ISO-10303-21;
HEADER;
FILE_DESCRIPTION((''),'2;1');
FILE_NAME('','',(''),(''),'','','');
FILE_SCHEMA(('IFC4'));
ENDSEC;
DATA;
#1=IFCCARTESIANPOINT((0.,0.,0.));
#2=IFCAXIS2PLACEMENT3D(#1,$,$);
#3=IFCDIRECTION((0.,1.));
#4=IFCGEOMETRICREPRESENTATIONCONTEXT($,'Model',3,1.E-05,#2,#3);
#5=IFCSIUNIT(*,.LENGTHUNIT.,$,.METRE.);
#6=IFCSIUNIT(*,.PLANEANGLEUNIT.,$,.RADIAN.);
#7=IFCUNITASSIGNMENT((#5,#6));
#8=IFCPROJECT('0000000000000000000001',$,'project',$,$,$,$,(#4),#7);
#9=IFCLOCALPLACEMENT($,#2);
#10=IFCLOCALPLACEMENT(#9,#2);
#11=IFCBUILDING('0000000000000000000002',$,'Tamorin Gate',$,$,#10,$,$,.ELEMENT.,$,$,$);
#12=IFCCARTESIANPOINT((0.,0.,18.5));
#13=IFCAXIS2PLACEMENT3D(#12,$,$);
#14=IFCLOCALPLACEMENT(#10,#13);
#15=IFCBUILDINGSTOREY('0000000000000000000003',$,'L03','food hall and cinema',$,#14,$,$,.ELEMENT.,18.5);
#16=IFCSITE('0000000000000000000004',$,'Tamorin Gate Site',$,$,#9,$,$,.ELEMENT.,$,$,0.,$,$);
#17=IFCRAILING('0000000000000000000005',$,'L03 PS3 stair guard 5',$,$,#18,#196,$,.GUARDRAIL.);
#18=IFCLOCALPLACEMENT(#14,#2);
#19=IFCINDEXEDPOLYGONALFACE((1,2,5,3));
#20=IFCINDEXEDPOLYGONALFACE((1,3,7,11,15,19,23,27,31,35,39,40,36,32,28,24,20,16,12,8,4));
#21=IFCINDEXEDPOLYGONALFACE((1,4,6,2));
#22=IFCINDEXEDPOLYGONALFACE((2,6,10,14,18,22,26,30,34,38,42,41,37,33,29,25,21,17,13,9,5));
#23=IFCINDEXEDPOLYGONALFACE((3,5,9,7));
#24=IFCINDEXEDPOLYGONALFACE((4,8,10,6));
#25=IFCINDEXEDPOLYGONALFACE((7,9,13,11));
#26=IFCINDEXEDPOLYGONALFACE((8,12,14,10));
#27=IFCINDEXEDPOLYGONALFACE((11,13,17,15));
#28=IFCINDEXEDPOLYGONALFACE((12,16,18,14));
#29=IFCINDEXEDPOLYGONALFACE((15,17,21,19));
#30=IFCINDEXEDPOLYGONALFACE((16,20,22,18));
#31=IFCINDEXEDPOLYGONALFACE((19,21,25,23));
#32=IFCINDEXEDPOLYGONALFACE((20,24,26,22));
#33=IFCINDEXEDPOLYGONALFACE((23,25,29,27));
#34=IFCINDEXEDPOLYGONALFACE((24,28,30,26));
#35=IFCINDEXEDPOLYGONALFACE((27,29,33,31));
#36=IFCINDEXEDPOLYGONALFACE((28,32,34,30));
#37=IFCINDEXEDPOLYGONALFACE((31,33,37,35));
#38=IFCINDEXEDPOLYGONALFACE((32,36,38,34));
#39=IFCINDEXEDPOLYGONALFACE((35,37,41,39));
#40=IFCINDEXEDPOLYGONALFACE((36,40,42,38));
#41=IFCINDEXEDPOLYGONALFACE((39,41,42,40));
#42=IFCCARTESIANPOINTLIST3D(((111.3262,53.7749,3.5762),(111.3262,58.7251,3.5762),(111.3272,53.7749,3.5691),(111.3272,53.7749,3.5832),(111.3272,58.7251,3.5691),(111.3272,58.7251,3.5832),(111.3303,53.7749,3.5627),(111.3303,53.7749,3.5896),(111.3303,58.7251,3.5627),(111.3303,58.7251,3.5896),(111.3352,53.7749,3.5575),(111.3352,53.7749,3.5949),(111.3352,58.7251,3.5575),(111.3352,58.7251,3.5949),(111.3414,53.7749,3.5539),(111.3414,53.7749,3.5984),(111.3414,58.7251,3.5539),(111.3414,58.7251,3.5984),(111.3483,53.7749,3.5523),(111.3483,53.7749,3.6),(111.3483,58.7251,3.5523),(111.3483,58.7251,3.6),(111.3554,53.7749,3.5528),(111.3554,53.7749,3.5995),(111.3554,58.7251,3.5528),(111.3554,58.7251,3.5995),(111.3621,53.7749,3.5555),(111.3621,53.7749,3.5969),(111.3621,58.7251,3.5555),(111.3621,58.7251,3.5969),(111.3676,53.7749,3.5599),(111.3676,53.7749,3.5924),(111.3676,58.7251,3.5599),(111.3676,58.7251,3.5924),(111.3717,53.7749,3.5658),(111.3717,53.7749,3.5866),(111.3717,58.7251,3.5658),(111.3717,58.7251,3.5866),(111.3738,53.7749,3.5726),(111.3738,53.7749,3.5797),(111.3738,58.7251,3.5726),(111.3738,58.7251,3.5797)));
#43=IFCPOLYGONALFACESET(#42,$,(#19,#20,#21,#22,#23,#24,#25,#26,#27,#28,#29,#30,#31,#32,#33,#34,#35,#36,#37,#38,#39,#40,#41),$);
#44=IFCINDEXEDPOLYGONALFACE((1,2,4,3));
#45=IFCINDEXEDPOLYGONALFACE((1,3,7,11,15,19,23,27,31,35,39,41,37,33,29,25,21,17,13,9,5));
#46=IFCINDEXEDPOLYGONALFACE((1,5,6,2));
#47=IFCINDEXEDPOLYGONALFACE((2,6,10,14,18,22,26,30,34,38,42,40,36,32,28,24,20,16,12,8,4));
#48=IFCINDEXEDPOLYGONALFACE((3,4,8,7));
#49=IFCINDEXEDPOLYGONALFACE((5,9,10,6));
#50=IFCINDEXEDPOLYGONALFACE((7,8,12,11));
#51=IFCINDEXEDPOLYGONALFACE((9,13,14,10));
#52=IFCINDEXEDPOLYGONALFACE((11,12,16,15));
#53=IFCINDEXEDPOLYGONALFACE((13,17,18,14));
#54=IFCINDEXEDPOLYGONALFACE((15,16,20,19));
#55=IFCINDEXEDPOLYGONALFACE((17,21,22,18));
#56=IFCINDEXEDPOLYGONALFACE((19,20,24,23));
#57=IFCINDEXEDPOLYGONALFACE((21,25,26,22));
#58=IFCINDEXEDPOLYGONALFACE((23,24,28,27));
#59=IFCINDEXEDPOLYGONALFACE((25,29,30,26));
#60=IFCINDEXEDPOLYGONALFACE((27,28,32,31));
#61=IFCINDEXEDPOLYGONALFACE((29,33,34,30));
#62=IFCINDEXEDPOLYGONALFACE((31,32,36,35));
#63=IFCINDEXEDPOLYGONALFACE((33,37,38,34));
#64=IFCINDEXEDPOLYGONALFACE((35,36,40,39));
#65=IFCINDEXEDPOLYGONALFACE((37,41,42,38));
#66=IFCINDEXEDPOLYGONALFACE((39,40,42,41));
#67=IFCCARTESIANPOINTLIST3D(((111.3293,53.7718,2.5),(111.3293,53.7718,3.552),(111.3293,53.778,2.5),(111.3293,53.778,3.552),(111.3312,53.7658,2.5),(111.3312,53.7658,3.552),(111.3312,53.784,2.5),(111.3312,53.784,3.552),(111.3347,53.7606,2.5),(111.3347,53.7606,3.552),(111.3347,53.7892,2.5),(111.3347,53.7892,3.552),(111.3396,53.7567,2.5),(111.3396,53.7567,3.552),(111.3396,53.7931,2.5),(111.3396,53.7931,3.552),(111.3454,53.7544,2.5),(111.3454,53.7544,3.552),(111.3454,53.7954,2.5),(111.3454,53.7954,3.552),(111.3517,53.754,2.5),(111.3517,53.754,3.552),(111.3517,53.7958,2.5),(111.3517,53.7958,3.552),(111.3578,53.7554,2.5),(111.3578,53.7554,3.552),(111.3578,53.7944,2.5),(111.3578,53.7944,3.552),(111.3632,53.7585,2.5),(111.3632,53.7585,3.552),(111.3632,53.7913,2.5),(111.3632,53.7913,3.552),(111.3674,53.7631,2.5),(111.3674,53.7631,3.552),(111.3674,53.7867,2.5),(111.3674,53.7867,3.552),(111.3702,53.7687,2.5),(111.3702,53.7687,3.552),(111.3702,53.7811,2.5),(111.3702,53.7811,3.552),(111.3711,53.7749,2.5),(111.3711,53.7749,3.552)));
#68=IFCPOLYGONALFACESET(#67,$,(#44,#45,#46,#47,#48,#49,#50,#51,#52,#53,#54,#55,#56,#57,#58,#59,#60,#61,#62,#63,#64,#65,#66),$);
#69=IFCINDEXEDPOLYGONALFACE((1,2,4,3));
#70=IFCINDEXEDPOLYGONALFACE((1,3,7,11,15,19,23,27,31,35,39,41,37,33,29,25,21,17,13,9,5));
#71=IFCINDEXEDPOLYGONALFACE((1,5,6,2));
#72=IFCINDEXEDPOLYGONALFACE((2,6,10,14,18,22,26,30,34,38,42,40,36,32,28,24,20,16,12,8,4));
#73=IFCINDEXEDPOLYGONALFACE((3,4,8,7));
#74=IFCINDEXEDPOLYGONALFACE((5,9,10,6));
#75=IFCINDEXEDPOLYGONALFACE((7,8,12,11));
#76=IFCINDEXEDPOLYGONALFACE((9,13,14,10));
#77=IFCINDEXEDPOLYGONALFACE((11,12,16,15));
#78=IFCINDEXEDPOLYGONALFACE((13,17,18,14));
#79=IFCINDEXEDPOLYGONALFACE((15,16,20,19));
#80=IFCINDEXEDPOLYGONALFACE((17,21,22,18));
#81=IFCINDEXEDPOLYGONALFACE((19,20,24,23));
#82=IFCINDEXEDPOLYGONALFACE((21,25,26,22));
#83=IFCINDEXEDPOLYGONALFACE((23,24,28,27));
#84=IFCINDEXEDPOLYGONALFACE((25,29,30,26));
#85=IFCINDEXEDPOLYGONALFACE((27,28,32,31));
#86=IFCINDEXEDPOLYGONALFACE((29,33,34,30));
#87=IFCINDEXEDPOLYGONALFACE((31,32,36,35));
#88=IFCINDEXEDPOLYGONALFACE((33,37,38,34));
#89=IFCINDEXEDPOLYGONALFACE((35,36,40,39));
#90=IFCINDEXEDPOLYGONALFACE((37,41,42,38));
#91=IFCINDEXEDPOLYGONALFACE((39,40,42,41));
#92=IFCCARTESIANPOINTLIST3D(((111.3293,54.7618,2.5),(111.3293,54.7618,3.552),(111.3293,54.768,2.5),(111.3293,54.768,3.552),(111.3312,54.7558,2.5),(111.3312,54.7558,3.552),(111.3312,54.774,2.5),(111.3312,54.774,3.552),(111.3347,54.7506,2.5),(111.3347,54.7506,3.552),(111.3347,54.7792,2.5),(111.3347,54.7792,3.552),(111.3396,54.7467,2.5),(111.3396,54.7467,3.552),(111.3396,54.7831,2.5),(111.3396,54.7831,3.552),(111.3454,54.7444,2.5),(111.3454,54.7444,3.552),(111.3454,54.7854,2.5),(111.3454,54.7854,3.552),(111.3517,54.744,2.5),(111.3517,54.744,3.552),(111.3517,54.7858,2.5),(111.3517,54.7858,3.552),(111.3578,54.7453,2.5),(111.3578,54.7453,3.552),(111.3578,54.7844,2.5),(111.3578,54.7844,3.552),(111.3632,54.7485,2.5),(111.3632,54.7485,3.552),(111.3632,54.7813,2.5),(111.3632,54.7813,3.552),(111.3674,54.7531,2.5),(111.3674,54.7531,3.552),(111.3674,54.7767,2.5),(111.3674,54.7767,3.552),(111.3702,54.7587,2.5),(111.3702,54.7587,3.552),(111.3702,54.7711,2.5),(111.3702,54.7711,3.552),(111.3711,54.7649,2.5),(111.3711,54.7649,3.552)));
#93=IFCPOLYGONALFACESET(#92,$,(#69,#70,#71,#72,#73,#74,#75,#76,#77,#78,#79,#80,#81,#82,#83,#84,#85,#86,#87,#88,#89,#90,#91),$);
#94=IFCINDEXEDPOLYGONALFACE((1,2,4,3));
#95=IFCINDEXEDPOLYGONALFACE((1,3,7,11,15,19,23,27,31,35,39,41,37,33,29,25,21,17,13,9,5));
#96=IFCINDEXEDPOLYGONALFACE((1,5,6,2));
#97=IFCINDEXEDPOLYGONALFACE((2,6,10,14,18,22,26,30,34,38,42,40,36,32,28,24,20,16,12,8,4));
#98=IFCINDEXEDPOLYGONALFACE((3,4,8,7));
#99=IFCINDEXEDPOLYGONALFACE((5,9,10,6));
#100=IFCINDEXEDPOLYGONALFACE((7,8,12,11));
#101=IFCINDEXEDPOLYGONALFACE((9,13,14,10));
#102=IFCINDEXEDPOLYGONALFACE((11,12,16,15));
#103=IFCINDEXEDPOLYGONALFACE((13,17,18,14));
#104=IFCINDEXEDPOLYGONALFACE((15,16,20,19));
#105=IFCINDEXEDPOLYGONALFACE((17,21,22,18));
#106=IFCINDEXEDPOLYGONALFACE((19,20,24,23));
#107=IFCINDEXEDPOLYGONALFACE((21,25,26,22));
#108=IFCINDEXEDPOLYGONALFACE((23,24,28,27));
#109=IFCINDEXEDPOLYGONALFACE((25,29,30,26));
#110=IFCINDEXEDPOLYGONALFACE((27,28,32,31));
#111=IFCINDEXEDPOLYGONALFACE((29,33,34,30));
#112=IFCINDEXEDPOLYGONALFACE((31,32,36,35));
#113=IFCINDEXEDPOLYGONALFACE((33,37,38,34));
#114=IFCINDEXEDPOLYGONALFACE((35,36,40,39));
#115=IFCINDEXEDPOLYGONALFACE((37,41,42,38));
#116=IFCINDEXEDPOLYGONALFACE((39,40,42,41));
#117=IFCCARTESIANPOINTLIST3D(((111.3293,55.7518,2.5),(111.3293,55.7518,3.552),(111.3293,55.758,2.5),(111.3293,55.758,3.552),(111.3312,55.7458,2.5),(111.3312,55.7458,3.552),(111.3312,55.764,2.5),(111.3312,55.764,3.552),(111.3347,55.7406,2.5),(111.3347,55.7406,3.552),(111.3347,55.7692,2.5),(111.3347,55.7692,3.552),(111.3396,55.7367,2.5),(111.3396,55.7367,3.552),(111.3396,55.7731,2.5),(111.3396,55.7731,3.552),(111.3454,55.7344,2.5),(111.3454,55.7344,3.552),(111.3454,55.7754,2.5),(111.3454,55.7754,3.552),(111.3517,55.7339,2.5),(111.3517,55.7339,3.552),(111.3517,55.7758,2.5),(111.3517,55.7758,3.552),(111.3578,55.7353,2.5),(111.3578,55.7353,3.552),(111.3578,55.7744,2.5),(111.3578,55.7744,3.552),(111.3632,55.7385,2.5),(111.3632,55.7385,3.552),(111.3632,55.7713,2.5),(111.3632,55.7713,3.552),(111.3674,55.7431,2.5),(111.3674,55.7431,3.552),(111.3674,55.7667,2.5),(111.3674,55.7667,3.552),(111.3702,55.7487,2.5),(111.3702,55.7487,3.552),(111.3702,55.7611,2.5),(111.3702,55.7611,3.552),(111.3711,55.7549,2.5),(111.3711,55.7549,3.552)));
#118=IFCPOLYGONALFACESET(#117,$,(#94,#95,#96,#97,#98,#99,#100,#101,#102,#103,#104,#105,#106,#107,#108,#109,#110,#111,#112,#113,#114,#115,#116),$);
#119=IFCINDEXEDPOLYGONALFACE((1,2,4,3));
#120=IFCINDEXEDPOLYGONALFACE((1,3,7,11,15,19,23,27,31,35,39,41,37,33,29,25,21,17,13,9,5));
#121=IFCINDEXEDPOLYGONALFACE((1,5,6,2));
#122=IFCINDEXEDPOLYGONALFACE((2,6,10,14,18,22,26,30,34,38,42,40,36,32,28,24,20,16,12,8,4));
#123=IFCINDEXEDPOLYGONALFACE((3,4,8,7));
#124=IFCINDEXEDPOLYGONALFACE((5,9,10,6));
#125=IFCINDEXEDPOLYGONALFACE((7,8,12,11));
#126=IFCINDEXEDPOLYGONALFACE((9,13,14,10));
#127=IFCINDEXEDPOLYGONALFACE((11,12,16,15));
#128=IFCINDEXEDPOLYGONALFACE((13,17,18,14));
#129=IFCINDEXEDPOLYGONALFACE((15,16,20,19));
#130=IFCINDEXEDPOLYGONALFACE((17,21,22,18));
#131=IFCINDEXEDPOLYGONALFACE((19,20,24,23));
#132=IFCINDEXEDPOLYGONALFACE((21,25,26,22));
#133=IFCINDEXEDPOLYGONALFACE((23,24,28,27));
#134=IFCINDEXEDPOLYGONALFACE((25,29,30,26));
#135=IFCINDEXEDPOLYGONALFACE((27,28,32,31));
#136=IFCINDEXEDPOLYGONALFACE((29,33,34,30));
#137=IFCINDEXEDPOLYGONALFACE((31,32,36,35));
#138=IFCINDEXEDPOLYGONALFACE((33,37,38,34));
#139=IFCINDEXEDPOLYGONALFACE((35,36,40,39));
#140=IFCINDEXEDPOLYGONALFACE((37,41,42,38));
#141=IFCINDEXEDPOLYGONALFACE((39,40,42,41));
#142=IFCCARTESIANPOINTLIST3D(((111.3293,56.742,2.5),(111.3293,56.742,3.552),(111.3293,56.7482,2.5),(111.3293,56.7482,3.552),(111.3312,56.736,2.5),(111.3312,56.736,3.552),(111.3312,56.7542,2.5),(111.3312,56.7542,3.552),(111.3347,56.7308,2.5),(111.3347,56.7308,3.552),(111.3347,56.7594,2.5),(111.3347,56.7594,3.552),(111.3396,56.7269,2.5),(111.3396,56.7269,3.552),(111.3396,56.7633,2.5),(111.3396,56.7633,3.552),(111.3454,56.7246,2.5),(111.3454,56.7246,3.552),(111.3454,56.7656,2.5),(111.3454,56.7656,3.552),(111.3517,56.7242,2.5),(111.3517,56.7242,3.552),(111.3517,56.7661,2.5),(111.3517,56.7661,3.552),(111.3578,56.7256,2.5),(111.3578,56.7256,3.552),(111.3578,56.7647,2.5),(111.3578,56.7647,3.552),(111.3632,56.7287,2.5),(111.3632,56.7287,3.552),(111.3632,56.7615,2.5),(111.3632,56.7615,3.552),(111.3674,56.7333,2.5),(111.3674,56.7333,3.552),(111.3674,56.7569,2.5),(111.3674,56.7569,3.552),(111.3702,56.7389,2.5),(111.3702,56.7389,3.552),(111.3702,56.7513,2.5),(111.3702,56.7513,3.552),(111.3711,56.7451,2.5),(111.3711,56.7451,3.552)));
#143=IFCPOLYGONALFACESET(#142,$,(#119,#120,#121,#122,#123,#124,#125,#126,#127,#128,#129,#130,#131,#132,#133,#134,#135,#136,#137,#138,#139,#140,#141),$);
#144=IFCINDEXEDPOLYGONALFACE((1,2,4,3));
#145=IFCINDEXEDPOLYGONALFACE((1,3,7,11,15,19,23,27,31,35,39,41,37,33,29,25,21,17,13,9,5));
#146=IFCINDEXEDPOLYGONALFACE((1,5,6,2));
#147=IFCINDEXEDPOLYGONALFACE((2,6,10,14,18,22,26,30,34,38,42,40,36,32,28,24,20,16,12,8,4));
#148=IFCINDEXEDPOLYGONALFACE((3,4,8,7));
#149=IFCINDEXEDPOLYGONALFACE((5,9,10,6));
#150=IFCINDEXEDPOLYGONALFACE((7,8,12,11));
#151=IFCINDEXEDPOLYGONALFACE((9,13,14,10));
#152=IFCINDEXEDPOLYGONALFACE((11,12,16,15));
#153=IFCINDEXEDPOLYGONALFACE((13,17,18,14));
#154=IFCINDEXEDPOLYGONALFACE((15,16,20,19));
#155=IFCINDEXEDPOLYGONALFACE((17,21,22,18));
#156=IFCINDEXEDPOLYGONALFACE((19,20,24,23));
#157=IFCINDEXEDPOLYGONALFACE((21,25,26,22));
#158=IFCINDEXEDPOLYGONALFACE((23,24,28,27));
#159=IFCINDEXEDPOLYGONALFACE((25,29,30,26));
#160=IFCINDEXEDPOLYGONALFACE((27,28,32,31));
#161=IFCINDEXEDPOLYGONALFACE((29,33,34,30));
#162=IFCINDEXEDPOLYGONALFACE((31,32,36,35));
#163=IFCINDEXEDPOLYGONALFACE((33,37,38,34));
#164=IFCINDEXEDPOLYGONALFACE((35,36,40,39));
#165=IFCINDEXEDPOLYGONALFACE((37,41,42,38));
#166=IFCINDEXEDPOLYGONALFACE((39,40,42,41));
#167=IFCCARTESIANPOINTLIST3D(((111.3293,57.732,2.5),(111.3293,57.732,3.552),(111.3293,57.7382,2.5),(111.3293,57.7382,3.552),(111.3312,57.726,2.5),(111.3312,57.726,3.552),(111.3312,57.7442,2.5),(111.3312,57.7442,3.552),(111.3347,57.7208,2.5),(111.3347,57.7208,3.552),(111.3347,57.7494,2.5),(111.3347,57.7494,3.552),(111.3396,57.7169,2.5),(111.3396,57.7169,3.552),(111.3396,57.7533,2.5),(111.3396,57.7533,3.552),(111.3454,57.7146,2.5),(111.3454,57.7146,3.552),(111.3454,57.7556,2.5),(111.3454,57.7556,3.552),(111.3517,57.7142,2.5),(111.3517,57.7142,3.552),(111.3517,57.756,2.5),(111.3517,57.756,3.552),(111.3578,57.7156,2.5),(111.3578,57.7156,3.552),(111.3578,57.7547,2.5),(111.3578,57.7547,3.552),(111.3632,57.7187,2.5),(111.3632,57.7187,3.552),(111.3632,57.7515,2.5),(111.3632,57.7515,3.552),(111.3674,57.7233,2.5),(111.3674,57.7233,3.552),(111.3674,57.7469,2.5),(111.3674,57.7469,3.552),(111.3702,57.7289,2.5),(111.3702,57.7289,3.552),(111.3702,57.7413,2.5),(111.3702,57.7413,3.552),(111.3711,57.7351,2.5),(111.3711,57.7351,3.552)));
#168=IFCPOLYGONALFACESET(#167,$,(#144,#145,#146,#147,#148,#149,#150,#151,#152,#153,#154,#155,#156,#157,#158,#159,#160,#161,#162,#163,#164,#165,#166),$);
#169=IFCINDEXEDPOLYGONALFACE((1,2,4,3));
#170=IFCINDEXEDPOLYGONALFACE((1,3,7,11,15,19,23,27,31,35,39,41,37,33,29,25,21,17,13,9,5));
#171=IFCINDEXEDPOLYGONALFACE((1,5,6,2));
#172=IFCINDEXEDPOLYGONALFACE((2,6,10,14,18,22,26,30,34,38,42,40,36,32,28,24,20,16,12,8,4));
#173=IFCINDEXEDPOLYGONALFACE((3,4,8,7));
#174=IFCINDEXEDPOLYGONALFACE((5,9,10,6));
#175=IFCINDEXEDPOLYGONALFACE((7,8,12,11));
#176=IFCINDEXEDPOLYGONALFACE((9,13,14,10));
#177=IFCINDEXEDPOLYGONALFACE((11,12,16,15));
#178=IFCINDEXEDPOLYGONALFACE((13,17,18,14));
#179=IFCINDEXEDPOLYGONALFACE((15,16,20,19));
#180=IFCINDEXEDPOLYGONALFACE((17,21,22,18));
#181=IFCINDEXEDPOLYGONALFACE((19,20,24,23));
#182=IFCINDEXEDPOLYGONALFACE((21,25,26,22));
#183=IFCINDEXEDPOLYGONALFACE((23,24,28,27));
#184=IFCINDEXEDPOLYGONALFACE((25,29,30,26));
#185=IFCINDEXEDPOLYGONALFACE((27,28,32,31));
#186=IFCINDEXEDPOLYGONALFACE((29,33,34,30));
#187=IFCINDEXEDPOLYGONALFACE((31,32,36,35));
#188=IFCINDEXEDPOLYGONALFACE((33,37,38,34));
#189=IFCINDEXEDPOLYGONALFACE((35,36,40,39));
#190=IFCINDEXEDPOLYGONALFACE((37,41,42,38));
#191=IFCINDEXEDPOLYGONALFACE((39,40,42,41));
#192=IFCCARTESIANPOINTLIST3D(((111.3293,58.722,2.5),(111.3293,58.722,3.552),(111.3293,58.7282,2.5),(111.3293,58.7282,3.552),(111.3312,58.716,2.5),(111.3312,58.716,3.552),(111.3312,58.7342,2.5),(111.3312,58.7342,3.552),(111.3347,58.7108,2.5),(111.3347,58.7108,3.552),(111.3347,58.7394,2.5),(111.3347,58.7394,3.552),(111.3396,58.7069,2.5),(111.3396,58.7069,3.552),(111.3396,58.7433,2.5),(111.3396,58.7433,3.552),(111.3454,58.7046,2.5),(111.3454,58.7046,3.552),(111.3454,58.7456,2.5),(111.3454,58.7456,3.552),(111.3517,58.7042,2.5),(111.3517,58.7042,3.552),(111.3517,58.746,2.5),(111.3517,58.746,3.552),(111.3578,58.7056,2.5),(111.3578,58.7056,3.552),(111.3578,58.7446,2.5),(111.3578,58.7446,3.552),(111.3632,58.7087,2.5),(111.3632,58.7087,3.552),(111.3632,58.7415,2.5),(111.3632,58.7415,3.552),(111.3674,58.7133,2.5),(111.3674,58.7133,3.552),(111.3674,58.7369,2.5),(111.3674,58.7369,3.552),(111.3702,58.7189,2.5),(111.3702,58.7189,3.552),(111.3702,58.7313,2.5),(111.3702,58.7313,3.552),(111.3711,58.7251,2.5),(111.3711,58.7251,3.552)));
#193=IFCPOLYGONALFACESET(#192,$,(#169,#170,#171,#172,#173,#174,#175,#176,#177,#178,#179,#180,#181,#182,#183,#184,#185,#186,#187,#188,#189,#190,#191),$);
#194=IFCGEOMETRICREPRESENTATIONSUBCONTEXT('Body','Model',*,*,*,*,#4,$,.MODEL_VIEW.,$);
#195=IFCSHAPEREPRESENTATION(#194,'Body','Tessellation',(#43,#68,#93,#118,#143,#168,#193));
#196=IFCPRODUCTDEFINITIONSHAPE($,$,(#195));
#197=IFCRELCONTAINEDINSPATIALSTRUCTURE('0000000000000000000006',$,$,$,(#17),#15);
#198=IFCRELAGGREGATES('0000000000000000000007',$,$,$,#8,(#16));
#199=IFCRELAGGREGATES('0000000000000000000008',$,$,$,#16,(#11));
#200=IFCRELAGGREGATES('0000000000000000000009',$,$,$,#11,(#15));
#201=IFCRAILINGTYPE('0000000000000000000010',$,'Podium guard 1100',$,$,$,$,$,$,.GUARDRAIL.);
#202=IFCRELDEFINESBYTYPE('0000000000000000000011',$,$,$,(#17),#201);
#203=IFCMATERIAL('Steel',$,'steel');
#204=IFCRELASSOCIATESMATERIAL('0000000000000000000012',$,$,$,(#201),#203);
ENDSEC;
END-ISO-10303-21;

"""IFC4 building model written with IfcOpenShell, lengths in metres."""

from ifc_helpers import new_model, si_unit, direction, frame, origin, origin_2d, place, context, subcontext, project, spatial, circle, extrude, material, type_object, element, save


model = new_model("IFC4")

# Units and contexts
model_context = context("Model", 3, precision=1e-05, world=origin(), true_north=direction((0.0, 1.0)))
body_context = subcontext(model_context, "Body", "Model", "MODEL_VIEW")
ifc_project = project(units=[si_unit("LENGTHUNIT", "METRE"), si_unit("PLANEANGLEUNIT", "RADIAN")], contexts=[model_context])

# Site, building, storey
site_placement = place(None, origin())
site = spatial("IfcSite", under=ifc_project, at=site_placement, Name="Tamorin Gate Site", CompositionType="ELEMENT", RefElevation=0.0)
building_placement = place(site_placement, origin())
building = spatial("IfcBuilding", under=site, at=building_placement, Name="Tamorin Gate", CompositionType="ELEMENT")
storey_placement = place(building_placement, frame((0.0, 0.0, 18.5)))
storey = spatial("IfcBuildingStorey", under=building, at=storey_placement, Name="L03", Description="food hall and cinema", CompositionType="ELEMENT", Elevation=18.5)

# Railing
ifc_material_1 = material(Name="Steel", Category="steel")
railing_type_1 = type_object("IfcRailingType", Name="Podium guard 1100", PredefinedType="GUARDRAIL", material=ifc_material_1)
railing_1_placement = place(storey_placement, frame((111.3501, 53.7749, 2.5)))
element("IfcRailing", 1, at=railing_1_placement, inside=storey, type_object=railing_type_1, Name="L03 PS3 stair guard 5", PredefinedType="GUARDRAIL", context=body_context, shape_type="SweptSolid", body=[
    extrude(circle(Radius=0.0239, at=origin_2d()), frame((0.0, 0.0, 1.0762), z_axis=(0.0, 1.0, 0.0), x_axis=(-1.0, 0.0, 0.0)), (0.0, 0.0, 1.0), 4.9502),
    extrude(circle(Radius=0.021, at=origin_2d()), origin(), (0.0, 0.0, 1.0), 1.052),
    extrude(circle(Radius=0.021, at=origin_2d()), frame((0.0, 0.99, 0.0)), (0.0, 0.0, 1.0), 1.052),
    extrude(circle(Radius=0.021, at=origin_2d()), frame((0.0, 1.98, 0.0)), (0.0, 0.0, 1.0), 1.052),
    extrude(circle(Radius=0.021, at=origin_2d()), frame((0.0, 2.9702, 0.0)), (0.0, 0.0, 1.0), 1.052),
    extrude(circle(Radius=0.021, at=origin_2d()), frame((0.0, 3.9602, 0.0)), (0.0, 0.0, 1.0), 1.052),
    extrude(circle(Radius=0.021, at=origin_2d()), frame((0.0, 4.9502, 0.0)), (0.0, 0.0, 1.0), 1.052),
])

save(model, "model.ifc")
